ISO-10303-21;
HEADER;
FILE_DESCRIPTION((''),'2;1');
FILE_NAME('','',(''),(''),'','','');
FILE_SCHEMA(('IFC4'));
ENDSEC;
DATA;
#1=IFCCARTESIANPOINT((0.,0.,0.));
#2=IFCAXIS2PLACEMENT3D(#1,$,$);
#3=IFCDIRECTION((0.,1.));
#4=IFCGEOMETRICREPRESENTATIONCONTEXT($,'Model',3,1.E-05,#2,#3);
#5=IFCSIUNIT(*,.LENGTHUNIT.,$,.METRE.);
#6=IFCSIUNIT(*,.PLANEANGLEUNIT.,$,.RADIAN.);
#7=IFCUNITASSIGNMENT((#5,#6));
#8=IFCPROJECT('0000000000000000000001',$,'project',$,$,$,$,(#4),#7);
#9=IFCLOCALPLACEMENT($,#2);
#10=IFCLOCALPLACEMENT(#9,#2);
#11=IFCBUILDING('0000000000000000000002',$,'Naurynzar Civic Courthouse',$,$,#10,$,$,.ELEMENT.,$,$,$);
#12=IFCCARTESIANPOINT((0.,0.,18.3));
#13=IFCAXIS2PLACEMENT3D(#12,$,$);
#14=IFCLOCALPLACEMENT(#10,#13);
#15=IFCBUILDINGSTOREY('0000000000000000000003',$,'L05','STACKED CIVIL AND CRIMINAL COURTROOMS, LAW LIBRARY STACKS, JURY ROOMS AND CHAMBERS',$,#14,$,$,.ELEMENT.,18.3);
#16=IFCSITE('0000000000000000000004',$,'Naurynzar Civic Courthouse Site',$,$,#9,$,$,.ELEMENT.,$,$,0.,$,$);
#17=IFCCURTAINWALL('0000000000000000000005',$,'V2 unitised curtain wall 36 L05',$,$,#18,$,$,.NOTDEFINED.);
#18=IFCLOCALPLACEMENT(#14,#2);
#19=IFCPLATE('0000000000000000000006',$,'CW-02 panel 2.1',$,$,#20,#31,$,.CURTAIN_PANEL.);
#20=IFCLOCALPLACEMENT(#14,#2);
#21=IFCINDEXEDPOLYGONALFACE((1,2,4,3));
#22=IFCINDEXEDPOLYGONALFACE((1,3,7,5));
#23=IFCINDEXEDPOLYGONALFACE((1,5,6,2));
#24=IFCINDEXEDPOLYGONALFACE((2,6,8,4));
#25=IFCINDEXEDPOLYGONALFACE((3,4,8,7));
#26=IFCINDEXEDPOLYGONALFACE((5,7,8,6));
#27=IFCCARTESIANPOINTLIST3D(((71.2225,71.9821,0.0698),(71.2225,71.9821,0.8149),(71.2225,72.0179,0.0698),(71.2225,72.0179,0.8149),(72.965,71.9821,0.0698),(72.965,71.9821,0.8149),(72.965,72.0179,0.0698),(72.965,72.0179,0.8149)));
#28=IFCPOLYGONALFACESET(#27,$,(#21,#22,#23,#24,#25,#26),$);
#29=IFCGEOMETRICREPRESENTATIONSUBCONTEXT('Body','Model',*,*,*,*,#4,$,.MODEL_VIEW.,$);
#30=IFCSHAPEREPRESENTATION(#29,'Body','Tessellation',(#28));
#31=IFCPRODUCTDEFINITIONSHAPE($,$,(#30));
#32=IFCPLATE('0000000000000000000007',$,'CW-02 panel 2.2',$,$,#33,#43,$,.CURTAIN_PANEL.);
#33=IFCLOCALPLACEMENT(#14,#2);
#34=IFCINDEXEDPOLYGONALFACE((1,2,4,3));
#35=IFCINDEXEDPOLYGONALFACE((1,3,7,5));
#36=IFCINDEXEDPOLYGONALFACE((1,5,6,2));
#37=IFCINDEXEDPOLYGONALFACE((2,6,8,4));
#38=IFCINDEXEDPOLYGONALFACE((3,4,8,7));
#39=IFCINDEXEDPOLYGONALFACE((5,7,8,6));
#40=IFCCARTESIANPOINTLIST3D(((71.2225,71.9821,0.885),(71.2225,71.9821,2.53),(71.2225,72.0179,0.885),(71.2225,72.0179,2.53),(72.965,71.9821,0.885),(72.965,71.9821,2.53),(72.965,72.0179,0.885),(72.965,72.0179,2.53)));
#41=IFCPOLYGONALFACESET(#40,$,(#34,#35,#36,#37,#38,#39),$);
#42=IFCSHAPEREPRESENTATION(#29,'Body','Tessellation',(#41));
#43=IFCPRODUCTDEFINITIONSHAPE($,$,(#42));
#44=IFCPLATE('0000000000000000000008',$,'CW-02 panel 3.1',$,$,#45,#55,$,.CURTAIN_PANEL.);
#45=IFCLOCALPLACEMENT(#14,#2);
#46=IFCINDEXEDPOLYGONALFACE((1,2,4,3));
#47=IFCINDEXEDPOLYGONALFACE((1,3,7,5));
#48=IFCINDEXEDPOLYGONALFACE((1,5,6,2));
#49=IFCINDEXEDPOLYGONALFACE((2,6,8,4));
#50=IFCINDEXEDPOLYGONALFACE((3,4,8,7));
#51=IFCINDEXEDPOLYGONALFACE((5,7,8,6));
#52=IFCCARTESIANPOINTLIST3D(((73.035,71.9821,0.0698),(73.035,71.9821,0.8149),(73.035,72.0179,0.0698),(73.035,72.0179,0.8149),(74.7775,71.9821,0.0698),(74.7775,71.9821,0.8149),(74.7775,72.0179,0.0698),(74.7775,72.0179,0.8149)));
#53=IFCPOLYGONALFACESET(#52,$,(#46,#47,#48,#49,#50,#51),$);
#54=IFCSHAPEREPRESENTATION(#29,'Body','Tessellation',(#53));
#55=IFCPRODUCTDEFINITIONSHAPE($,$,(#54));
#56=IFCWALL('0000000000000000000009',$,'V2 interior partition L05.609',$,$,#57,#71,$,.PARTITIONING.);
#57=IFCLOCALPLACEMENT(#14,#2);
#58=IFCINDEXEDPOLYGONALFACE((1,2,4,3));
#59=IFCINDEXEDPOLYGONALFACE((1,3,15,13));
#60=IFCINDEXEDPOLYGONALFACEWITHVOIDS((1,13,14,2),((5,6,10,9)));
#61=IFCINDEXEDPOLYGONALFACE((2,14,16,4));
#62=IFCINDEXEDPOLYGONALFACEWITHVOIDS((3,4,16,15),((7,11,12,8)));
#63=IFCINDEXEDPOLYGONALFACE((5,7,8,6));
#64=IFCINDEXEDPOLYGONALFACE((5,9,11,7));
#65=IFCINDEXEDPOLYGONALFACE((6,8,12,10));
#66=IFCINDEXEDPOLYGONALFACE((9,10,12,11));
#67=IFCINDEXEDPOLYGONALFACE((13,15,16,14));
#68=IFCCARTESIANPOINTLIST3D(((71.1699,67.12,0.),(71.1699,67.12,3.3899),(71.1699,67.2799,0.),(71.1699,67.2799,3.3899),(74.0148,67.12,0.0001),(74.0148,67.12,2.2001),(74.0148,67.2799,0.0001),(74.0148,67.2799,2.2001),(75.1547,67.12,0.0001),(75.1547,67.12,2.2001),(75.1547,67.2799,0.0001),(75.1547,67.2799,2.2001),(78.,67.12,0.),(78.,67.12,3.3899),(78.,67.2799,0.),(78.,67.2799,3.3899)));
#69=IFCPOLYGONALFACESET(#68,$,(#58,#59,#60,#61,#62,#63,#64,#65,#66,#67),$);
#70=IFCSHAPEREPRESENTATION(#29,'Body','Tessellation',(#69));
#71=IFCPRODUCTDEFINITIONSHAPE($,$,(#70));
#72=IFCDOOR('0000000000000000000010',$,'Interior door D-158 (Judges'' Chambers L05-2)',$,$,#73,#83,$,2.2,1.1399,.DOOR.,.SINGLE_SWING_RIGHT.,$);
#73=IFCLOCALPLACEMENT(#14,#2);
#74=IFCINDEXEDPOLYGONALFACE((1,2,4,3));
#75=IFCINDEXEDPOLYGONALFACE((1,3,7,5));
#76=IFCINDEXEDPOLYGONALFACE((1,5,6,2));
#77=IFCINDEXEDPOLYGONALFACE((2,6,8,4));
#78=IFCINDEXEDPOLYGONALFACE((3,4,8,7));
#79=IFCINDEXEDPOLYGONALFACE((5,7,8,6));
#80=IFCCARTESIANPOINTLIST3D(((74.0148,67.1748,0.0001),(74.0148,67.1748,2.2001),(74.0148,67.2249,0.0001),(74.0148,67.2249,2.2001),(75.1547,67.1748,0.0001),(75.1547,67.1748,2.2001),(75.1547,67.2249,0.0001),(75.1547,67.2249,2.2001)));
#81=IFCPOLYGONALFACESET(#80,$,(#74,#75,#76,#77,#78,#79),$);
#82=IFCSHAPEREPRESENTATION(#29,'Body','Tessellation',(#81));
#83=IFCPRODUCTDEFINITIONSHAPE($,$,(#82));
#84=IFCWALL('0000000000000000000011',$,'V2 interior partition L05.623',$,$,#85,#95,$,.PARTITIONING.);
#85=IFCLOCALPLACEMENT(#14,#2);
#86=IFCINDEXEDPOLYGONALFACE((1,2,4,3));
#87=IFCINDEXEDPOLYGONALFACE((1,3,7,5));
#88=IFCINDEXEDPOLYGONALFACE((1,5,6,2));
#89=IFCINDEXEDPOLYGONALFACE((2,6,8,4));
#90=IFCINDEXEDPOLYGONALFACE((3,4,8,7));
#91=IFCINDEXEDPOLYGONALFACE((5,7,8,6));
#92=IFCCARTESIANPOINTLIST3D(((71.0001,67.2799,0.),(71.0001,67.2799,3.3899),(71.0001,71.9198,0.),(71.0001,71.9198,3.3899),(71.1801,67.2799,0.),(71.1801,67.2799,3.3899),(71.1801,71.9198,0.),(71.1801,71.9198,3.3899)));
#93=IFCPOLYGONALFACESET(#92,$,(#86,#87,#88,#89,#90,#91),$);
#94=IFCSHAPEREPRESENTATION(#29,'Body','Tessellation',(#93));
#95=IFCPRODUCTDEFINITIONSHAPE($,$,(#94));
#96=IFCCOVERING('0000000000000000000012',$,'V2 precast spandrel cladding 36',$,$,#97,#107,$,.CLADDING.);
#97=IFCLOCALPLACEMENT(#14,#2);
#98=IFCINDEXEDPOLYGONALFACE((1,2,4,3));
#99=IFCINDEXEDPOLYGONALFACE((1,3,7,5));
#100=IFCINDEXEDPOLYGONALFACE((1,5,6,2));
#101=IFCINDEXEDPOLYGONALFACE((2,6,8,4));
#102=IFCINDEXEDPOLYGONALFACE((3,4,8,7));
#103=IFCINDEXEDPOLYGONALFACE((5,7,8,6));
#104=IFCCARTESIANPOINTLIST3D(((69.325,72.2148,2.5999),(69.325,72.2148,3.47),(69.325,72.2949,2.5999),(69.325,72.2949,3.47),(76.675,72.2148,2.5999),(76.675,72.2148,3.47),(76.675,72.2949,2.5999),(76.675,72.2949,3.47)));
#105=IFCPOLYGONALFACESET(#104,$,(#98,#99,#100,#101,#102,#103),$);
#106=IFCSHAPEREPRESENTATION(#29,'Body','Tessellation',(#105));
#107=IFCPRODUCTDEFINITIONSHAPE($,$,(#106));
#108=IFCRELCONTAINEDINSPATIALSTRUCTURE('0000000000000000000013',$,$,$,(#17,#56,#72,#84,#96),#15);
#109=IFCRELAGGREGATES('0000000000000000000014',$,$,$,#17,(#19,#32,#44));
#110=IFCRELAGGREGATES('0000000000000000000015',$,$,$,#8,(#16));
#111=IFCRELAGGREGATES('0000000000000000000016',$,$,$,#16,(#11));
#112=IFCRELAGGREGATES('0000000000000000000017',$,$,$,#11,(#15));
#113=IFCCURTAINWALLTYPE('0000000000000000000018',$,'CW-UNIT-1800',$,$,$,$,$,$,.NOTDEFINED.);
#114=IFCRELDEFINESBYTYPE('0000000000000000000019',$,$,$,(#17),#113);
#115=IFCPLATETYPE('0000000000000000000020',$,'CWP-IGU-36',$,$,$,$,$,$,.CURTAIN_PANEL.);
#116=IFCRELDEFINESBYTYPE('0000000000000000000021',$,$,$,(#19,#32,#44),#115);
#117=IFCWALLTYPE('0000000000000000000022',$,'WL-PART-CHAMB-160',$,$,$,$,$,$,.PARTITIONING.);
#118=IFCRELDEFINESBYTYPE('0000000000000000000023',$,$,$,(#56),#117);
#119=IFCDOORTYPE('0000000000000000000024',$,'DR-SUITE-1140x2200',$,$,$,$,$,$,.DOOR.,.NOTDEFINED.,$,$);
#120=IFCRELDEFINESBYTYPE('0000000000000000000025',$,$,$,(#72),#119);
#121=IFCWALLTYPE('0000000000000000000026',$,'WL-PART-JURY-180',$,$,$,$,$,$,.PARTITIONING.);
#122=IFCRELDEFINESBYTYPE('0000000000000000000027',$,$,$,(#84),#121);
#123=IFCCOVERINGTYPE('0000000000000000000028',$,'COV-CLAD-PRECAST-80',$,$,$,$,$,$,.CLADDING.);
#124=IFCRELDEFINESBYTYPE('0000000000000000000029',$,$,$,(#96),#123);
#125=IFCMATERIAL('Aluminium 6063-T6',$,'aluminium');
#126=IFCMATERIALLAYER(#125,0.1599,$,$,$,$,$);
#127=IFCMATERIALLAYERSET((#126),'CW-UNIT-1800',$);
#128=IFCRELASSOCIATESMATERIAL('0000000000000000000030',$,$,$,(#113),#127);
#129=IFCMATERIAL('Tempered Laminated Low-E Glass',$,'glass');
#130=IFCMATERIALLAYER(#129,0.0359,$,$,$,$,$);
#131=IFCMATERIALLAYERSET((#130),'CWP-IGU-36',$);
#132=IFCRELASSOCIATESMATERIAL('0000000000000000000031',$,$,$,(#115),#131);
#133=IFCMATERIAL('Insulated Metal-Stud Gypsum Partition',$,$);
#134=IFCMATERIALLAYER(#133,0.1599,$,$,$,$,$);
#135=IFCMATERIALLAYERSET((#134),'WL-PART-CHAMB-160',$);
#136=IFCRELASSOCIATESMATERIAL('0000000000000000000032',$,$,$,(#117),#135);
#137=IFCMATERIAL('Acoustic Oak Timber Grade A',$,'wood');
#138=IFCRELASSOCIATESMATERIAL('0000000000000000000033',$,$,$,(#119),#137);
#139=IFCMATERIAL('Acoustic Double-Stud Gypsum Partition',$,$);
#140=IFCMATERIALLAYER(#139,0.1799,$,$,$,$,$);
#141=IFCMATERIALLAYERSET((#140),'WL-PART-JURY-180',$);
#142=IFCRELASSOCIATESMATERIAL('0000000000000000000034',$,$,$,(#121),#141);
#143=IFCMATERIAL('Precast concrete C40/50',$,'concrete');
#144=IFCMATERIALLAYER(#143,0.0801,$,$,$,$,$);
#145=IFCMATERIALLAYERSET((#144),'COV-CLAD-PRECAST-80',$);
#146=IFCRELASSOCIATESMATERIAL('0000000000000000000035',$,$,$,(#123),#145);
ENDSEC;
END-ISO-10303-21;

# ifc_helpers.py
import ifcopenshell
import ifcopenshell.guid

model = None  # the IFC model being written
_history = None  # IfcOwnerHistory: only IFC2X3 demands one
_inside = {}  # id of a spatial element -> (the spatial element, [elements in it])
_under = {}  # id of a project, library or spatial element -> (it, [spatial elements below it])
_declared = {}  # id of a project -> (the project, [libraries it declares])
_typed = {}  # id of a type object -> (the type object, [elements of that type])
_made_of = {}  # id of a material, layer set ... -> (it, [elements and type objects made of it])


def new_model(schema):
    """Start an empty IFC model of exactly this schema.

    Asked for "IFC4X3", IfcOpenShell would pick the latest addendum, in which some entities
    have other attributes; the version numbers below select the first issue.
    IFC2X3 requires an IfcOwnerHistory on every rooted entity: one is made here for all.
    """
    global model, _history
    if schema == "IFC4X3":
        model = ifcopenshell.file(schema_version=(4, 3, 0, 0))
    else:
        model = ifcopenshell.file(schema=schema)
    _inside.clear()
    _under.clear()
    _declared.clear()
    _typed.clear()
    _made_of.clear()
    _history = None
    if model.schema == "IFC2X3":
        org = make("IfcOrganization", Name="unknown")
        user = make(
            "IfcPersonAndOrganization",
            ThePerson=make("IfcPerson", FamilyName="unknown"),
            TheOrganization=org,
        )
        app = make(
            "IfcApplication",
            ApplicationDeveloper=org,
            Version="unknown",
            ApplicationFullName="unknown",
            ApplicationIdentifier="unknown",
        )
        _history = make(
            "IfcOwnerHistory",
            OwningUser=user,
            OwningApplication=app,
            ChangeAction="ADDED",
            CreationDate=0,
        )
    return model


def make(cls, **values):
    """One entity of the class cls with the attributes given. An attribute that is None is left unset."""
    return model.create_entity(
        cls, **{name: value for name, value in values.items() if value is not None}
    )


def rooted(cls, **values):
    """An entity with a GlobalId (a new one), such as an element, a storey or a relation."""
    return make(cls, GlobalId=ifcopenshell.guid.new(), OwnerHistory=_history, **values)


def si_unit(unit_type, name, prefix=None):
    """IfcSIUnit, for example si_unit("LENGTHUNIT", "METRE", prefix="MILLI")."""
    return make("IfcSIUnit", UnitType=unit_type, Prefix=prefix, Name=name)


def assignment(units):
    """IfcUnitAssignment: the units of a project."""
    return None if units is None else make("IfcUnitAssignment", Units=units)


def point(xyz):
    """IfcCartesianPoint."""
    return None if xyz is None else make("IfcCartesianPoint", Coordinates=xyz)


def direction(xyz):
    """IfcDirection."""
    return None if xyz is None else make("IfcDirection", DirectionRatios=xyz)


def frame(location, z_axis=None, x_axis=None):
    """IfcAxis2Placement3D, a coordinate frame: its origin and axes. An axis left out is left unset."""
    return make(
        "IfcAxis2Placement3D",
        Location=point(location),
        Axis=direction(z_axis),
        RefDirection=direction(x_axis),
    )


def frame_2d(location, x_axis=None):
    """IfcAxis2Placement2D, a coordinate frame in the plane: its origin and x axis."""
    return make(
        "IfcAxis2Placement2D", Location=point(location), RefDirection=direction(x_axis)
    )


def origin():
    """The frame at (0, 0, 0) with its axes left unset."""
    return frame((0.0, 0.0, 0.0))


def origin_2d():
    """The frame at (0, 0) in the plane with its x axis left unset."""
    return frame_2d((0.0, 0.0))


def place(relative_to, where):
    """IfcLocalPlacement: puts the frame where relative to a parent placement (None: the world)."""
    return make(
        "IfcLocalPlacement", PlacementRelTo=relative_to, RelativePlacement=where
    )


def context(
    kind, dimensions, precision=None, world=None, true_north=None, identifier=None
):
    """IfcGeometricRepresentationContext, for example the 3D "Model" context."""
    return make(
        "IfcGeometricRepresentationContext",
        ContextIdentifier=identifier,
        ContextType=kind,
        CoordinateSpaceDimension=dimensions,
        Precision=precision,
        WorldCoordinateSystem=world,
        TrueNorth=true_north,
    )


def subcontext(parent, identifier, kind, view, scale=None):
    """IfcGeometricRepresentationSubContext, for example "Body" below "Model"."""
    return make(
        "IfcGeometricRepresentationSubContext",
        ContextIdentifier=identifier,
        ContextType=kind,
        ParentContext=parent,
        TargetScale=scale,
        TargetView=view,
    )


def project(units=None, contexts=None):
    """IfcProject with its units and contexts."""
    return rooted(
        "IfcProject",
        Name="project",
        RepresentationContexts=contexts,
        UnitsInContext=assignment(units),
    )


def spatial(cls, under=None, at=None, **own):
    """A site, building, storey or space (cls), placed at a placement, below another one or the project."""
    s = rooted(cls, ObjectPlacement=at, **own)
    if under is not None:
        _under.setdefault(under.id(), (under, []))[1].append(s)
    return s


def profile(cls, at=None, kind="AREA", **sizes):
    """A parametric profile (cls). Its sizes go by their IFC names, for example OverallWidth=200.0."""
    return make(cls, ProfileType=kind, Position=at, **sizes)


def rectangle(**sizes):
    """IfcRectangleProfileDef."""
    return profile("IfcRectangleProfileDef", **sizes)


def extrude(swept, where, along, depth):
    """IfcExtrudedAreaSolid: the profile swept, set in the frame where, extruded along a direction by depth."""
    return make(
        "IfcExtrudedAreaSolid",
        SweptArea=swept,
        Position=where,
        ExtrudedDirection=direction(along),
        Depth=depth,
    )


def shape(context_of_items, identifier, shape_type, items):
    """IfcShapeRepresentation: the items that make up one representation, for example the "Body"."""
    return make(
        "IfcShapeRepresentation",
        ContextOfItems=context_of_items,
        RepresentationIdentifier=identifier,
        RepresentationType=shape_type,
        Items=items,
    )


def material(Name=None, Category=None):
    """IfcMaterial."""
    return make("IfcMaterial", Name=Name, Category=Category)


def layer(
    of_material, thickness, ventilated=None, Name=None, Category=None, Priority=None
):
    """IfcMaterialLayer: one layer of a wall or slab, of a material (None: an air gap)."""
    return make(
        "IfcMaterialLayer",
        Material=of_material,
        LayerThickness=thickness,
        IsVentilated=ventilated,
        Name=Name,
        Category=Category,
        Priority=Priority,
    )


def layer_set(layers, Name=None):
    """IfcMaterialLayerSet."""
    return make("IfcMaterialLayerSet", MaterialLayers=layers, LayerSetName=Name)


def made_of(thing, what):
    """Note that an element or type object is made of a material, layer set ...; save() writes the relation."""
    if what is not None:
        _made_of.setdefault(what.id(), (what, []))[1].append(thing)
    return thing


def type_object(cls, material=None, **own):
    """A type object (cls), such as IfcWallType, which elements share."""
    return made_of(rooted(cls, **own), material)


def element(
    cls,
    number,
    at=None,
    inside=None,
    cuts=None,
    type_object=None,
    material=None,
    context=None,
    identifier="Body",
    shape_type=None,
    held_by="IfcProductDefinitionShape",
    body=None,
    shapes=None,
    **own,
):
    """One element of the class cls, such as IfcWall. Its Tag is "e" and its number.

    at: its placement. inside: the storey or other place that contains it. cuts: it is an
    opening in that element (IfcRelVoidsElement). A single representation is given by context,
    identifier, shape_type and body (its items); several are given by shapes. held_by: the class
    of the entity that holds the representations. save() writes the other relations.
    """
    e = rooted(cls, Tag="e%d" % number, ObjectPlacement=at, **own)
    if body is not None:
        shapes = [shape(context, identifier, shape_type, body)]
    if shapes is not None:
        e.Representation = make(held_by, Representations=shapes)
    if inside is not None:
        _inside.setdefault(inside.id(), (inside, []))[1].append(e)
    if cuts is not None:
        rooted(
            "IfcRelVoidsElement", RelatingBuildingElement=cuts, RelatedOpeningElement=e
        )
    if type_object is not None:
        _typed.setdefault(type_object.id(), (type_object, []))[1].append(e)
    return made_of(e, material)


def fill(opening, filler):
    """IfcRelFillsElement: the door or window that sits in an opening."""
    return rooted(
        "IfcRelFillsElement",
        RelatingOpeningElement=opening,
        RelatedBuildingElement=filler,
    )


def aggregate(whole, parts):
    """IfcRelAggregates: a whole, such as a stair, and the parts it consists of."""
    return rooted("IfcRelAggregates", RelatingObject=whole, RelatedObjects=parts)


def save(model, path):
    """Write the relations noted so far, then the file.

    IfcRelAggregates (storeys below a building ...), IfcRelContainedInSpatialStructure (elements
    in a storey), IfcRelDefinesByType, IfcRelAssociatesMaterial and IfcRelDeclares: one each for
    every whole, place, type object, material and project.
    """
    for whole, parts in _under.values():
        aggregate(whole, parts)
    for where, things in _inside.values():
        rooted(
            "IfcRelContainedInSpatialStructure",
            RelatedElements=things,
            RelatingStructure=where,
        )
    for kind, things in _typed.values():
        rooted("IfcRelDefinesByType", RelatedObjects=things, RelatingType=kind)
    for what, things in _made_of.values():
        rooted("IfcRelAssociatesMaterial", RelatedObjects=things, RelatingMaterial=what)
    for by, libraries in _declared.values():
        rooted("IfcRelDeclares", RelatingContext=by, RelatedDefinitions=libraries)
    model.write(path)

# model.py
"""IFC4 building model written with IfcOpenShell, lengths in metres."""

from ifc_helpers import new_model, si_unit, direction, frame, frame_2d, origin, origin_2d, place, context, subcontext, project, spatial, rectangle, extrude, material, layer, layer_set, type_object, element, fill, aggregate, save


model = new_model("IFC4")

# Units and contexts
model_context = context("Model", 3, precision=1e-05, world=origin(), true_north=direction((0.0, 1.0)))
body_context = subcontext(model_context, "Body", "Model", "MODEL_VIEW")
ifc_project = project(units=[si_unit("LENGTHUNIT", "METRE"), si_unit("PLANEANGLEUNIT", "RADIAN")], contexts=[model_context])

# Site, building, storey
site_placement = place(None, origin())
site = spatial("IfcSite", under=ifc_project, at=site_placement, Name="Naurynzar Civic Courthouse Site", CompositionType="ELEMENT", RefElevation=0.0)
building_placement = place(site_placement, origin())
building = spatial("IfcBuilding", under=site, at=building_placement, Name="Naurynzar Civic Courthouse", CompositionType="ELEMENT")
storey_placement = place(building_placement, frame((0.0, 0.0, 18.3)))
storey = spatial("IfcBuildingStorey", under=building, at=storey_placement, Name="L05", Description="STACKED CIVIL AND CRIMINAL COURTROOMS, LAW LIBRARY STACKS, JURY ROOMS AND CHAMBERS", CompositionType="ELEMENT", Elevation=18.3)

# Curtain wall, plates
ifc_material_1 = material(Name="Aluminium 6063-T6", Category="aluminium")
ifc_layer_1 = layer(ifc_material_1, 0.1599)
ifc_layer_set_1 = layer_set([ifc_layer_1], Name="CW-UNIT-1800")
curtain_wall_type = type_object("IfcCurtainWallType", Name="CW-UNIT-1800", PredefinedType="NOTDEFINED", material=ifc_layer_set_1)
curtain_wall_placement = place(storey_placement, origin())
curtain_wall = element("IfcCurtainWall", 1, at=curtain_wall_placement, inside=storey, type_object=curtain_wall_type, Name="V2 unitised curtain wall 36 L05", PredefinedType="NOTDEFINED")
ifc_material_2 = material(Name="Tempered Laminated Low-E Glass", Category="glass")
ifc_layer_2 = layer(ifc_material_2, 0.0359)
ifc_layer_set_2 = layer_set([ifc_layer_2], Name="CWP-IGU-36")
plate_type = type_object("IfcPlateType", Name="CWP-IGU-36", PredefinedType="CURTAIN_PANEL", material=ifc_layer_set_2)
plate_1_placement = place(storey_placement, frame((72.0938, 72.0, 0.0698), z_axis=(0.0, 0.0, 1.0), x_axis=(1.0, 0.0, 0.0)))
plate_1 = element("IfcPlate", 2, at=plate_1_placement, type_object=plate_type, Name="CW-02 panel 2.1", PredefinedType="CURTAIN_PANEL", context=body_context, shape_type="SweptSolid", body=[
    extrude(rectangle(XDim=1.7424, YDim=0.0359, at=origin_2d()), origin(), (0.0, 0.0, 1.0), 0.7451),
])
plate_2_placement = place(storey_placement, frame((72.0938, 72.0, 0.885), z_axis=(0.0, 0.0, 1.0), x_axis=(1.0, 0.0, 0.0)))
plate_2 = element("IfcPlate", 3, at=plate_2_placement, type_object=plate_type, Name="CW-02 panel 2.2", PredefinedType="CURTAIN_PANEL", context=body_context, shape_type="SweptSolid", body=[
    extrude(rectangle(XDim=1.7424, YDim=0.0359, at=origin_2d()), origin(), (0.0, 0.0, 1.0), 1.645),
])
plate_3_placement = place(storey_placement, frame((73.9062, 72.0, 0.0698), z_axis=(0.0, 0.0, 1.0), x_axis=(1.0, 0.0, 0.0)))
plate_3 = element("IfcPlate", 4, at=plate_3_placement, type_object=plate_type, Name="CW-02 panel 3.1", PredefinedType="CURTAIN_PANEL", context=body_context, shape_type="SweptSolid", body=[
    extrude(rectangle(XDim=1.7424, YDim=0.0359, at=origin_2d()), origin(), (0.0, 0.0, 1.0), 0.7451),
])
aggregate(curtain_wall, [plate_1, plate_2, plate_3])

# Wall, opening, door
ifc_material_3 = material(Name="Insulated Metal-Stud Gypsum Partition")
ifc_layer_3 = layer(ifc_material_3, 0.1599)
ifc_layer_set_3 = layer_set([ifc_layer_3], Name="WL-PART-CHAMB-160")
wall_type_1 = type_object("IfcWallType", Name="WL-PART-CHAMB-160", PredefinedType="PARTITIONING", material=ifc_layer_set_3)
wall_1_placement = place(storey_placement, frame((71.1699, 67.2, 0.0), z_axis=(0.0, 0.0, 1.0), x_axis=(1.0, 0.0, 0.0)))
wall_1 = element("IfcWall", 5, at=wall_1_placement, inside=storey, type_object=wall_type_1, Name="V2 interior partition L05.609", PredefinedType="PARTITIONING", context=body_context, shape_type="SweptSolid", body=[
    extrude(rectangle(XDim=6.8301, YDim=0.1599, at=frame_2d((3.415, 0.0))), origin(), (0.0, 0.0, 1.0), 3.3899),
])
opening_placement = place(wall_1_placement, frame((2.845, 0.0, 0.0)))
opening = element("IfcOpeningElement", 6, at=opening_placement, cuts=wall_1, PredefinedType="OPENING", context=body_context, shape_type="SweptSolid", body=[
    extrude(rectangle(XDim=1.1399, YDim=2.2, at=frame_2d((0.5698, 1.1001))), frame((0.0, 0.0898, 0.0), z_axis=(0.0, -1.0, 0.0), x_axis=(1.0, 0.0, 0.0)), (0.0, 0.0, 1.0), 0.1799),
])
ifc_material_4 = material(Name="Acoustic Oak Timber Grade A", Category="wood")
door_type = type_object("IfcDoorType", Name="DR-SUITE-1140x2200", OperationType="NOTDEFINED", PredefinedType="DOOR", material=ifc_material_4)
door_placement = place(opening_placement, origin())
door = element("IfcDoor", 7, at=door_placement, inside=storey, type_object=door_type, Name="Interior door D-158 (Judges' Chambers L05-2)", OperationType="SINGLE_SWING_RIGHT", OverallHeight=2.2, OverallWidth=1.1399, PredefinedType="DOOR", context=body_context, shape_type="SweptSolid", body=[
    extrude(rectangle(XDim=1.1399, YDim=2.2, at=frame_2d((0.5698, 1.1001))), frame((0.0, 0.0249, 0.0), z_axis=(0.0, -1.0, 0.0), x_axis=(1.0, 0.0, 0.0)), (0.0, 0.0, 1.0), 0.05),
])
fill(opening, door)

# Wall
ifc_material_5 = material(Name="Acoustic Double-Stud Gypsum Partition")
ifc_layer_4 = layer(ifc_material_5, 0.1799)
ifc_layer_set_4 = layer_set([ifc_layer_4], Name="WL-PART-JURY-180")
wall_type_2 = type_object("IfcWallType", Name="WL-PART-JURY-180", PredefinedType="PARTITIONING", material=ifc_layer_set_4)
wall_2_placement = place(storey_placement, frame((71.0901, 67.28, 0.0), z_axis=(0.0, 0.0, 1.0), x_axis=(0.0, 1.0, 0.0)))
element("IfcWall", 8, at=wall_2_placement, inside=storey, type_object=wall_type_2, Name="V2 interior partition L05.623", PredefinedType="PARTITIONING", context=body_context, shape_type="SweptSolid", body=[
    extrude(rectangle(XDim=4.6399, YDim=0.1799, at=frame_2d((2.3198, 0.0))), origin(), (0.0, 0.0, 1.0), 3.3899),
])

# Covering
ifc_material_6 = material(Name="Precast concrete C40/50", Category="concrete")
ifc_layer_5 = layer(ifc_material_6, 0.0801)
ifc_layer_set_5 = layer_set([ifc_layer_5], Name="COV-CLAD-PRECAST-80")
covering_type = type_object("IfcCoveringType", Name="COV-CLAD-PRECAST-80", PredefinedType="CLADDING", material=ifc_layer_set_5)
covering_placement = place(storey_placement, frame((73.0, 72.2549, 2.5999), z_axis=(0.0, 0.0, 1.0), x_axis=(1.0, 0.0, 0.0)))
element("IfcCovering", 9, at=covering_placement, inside=storey, type_object=covering_type, Name="V2 precast spandrel cladding 36", PredefinedType="CLADDING", context=body_context, shape_type="SweptSolid", body=[
    extrude(rectangle(XDim=7.3501, YDim=0.0801, at=origin_2d()), origin(), (0.0, 0.0, 1.0), 0.8701),
])

save(model, "model.ifc")
